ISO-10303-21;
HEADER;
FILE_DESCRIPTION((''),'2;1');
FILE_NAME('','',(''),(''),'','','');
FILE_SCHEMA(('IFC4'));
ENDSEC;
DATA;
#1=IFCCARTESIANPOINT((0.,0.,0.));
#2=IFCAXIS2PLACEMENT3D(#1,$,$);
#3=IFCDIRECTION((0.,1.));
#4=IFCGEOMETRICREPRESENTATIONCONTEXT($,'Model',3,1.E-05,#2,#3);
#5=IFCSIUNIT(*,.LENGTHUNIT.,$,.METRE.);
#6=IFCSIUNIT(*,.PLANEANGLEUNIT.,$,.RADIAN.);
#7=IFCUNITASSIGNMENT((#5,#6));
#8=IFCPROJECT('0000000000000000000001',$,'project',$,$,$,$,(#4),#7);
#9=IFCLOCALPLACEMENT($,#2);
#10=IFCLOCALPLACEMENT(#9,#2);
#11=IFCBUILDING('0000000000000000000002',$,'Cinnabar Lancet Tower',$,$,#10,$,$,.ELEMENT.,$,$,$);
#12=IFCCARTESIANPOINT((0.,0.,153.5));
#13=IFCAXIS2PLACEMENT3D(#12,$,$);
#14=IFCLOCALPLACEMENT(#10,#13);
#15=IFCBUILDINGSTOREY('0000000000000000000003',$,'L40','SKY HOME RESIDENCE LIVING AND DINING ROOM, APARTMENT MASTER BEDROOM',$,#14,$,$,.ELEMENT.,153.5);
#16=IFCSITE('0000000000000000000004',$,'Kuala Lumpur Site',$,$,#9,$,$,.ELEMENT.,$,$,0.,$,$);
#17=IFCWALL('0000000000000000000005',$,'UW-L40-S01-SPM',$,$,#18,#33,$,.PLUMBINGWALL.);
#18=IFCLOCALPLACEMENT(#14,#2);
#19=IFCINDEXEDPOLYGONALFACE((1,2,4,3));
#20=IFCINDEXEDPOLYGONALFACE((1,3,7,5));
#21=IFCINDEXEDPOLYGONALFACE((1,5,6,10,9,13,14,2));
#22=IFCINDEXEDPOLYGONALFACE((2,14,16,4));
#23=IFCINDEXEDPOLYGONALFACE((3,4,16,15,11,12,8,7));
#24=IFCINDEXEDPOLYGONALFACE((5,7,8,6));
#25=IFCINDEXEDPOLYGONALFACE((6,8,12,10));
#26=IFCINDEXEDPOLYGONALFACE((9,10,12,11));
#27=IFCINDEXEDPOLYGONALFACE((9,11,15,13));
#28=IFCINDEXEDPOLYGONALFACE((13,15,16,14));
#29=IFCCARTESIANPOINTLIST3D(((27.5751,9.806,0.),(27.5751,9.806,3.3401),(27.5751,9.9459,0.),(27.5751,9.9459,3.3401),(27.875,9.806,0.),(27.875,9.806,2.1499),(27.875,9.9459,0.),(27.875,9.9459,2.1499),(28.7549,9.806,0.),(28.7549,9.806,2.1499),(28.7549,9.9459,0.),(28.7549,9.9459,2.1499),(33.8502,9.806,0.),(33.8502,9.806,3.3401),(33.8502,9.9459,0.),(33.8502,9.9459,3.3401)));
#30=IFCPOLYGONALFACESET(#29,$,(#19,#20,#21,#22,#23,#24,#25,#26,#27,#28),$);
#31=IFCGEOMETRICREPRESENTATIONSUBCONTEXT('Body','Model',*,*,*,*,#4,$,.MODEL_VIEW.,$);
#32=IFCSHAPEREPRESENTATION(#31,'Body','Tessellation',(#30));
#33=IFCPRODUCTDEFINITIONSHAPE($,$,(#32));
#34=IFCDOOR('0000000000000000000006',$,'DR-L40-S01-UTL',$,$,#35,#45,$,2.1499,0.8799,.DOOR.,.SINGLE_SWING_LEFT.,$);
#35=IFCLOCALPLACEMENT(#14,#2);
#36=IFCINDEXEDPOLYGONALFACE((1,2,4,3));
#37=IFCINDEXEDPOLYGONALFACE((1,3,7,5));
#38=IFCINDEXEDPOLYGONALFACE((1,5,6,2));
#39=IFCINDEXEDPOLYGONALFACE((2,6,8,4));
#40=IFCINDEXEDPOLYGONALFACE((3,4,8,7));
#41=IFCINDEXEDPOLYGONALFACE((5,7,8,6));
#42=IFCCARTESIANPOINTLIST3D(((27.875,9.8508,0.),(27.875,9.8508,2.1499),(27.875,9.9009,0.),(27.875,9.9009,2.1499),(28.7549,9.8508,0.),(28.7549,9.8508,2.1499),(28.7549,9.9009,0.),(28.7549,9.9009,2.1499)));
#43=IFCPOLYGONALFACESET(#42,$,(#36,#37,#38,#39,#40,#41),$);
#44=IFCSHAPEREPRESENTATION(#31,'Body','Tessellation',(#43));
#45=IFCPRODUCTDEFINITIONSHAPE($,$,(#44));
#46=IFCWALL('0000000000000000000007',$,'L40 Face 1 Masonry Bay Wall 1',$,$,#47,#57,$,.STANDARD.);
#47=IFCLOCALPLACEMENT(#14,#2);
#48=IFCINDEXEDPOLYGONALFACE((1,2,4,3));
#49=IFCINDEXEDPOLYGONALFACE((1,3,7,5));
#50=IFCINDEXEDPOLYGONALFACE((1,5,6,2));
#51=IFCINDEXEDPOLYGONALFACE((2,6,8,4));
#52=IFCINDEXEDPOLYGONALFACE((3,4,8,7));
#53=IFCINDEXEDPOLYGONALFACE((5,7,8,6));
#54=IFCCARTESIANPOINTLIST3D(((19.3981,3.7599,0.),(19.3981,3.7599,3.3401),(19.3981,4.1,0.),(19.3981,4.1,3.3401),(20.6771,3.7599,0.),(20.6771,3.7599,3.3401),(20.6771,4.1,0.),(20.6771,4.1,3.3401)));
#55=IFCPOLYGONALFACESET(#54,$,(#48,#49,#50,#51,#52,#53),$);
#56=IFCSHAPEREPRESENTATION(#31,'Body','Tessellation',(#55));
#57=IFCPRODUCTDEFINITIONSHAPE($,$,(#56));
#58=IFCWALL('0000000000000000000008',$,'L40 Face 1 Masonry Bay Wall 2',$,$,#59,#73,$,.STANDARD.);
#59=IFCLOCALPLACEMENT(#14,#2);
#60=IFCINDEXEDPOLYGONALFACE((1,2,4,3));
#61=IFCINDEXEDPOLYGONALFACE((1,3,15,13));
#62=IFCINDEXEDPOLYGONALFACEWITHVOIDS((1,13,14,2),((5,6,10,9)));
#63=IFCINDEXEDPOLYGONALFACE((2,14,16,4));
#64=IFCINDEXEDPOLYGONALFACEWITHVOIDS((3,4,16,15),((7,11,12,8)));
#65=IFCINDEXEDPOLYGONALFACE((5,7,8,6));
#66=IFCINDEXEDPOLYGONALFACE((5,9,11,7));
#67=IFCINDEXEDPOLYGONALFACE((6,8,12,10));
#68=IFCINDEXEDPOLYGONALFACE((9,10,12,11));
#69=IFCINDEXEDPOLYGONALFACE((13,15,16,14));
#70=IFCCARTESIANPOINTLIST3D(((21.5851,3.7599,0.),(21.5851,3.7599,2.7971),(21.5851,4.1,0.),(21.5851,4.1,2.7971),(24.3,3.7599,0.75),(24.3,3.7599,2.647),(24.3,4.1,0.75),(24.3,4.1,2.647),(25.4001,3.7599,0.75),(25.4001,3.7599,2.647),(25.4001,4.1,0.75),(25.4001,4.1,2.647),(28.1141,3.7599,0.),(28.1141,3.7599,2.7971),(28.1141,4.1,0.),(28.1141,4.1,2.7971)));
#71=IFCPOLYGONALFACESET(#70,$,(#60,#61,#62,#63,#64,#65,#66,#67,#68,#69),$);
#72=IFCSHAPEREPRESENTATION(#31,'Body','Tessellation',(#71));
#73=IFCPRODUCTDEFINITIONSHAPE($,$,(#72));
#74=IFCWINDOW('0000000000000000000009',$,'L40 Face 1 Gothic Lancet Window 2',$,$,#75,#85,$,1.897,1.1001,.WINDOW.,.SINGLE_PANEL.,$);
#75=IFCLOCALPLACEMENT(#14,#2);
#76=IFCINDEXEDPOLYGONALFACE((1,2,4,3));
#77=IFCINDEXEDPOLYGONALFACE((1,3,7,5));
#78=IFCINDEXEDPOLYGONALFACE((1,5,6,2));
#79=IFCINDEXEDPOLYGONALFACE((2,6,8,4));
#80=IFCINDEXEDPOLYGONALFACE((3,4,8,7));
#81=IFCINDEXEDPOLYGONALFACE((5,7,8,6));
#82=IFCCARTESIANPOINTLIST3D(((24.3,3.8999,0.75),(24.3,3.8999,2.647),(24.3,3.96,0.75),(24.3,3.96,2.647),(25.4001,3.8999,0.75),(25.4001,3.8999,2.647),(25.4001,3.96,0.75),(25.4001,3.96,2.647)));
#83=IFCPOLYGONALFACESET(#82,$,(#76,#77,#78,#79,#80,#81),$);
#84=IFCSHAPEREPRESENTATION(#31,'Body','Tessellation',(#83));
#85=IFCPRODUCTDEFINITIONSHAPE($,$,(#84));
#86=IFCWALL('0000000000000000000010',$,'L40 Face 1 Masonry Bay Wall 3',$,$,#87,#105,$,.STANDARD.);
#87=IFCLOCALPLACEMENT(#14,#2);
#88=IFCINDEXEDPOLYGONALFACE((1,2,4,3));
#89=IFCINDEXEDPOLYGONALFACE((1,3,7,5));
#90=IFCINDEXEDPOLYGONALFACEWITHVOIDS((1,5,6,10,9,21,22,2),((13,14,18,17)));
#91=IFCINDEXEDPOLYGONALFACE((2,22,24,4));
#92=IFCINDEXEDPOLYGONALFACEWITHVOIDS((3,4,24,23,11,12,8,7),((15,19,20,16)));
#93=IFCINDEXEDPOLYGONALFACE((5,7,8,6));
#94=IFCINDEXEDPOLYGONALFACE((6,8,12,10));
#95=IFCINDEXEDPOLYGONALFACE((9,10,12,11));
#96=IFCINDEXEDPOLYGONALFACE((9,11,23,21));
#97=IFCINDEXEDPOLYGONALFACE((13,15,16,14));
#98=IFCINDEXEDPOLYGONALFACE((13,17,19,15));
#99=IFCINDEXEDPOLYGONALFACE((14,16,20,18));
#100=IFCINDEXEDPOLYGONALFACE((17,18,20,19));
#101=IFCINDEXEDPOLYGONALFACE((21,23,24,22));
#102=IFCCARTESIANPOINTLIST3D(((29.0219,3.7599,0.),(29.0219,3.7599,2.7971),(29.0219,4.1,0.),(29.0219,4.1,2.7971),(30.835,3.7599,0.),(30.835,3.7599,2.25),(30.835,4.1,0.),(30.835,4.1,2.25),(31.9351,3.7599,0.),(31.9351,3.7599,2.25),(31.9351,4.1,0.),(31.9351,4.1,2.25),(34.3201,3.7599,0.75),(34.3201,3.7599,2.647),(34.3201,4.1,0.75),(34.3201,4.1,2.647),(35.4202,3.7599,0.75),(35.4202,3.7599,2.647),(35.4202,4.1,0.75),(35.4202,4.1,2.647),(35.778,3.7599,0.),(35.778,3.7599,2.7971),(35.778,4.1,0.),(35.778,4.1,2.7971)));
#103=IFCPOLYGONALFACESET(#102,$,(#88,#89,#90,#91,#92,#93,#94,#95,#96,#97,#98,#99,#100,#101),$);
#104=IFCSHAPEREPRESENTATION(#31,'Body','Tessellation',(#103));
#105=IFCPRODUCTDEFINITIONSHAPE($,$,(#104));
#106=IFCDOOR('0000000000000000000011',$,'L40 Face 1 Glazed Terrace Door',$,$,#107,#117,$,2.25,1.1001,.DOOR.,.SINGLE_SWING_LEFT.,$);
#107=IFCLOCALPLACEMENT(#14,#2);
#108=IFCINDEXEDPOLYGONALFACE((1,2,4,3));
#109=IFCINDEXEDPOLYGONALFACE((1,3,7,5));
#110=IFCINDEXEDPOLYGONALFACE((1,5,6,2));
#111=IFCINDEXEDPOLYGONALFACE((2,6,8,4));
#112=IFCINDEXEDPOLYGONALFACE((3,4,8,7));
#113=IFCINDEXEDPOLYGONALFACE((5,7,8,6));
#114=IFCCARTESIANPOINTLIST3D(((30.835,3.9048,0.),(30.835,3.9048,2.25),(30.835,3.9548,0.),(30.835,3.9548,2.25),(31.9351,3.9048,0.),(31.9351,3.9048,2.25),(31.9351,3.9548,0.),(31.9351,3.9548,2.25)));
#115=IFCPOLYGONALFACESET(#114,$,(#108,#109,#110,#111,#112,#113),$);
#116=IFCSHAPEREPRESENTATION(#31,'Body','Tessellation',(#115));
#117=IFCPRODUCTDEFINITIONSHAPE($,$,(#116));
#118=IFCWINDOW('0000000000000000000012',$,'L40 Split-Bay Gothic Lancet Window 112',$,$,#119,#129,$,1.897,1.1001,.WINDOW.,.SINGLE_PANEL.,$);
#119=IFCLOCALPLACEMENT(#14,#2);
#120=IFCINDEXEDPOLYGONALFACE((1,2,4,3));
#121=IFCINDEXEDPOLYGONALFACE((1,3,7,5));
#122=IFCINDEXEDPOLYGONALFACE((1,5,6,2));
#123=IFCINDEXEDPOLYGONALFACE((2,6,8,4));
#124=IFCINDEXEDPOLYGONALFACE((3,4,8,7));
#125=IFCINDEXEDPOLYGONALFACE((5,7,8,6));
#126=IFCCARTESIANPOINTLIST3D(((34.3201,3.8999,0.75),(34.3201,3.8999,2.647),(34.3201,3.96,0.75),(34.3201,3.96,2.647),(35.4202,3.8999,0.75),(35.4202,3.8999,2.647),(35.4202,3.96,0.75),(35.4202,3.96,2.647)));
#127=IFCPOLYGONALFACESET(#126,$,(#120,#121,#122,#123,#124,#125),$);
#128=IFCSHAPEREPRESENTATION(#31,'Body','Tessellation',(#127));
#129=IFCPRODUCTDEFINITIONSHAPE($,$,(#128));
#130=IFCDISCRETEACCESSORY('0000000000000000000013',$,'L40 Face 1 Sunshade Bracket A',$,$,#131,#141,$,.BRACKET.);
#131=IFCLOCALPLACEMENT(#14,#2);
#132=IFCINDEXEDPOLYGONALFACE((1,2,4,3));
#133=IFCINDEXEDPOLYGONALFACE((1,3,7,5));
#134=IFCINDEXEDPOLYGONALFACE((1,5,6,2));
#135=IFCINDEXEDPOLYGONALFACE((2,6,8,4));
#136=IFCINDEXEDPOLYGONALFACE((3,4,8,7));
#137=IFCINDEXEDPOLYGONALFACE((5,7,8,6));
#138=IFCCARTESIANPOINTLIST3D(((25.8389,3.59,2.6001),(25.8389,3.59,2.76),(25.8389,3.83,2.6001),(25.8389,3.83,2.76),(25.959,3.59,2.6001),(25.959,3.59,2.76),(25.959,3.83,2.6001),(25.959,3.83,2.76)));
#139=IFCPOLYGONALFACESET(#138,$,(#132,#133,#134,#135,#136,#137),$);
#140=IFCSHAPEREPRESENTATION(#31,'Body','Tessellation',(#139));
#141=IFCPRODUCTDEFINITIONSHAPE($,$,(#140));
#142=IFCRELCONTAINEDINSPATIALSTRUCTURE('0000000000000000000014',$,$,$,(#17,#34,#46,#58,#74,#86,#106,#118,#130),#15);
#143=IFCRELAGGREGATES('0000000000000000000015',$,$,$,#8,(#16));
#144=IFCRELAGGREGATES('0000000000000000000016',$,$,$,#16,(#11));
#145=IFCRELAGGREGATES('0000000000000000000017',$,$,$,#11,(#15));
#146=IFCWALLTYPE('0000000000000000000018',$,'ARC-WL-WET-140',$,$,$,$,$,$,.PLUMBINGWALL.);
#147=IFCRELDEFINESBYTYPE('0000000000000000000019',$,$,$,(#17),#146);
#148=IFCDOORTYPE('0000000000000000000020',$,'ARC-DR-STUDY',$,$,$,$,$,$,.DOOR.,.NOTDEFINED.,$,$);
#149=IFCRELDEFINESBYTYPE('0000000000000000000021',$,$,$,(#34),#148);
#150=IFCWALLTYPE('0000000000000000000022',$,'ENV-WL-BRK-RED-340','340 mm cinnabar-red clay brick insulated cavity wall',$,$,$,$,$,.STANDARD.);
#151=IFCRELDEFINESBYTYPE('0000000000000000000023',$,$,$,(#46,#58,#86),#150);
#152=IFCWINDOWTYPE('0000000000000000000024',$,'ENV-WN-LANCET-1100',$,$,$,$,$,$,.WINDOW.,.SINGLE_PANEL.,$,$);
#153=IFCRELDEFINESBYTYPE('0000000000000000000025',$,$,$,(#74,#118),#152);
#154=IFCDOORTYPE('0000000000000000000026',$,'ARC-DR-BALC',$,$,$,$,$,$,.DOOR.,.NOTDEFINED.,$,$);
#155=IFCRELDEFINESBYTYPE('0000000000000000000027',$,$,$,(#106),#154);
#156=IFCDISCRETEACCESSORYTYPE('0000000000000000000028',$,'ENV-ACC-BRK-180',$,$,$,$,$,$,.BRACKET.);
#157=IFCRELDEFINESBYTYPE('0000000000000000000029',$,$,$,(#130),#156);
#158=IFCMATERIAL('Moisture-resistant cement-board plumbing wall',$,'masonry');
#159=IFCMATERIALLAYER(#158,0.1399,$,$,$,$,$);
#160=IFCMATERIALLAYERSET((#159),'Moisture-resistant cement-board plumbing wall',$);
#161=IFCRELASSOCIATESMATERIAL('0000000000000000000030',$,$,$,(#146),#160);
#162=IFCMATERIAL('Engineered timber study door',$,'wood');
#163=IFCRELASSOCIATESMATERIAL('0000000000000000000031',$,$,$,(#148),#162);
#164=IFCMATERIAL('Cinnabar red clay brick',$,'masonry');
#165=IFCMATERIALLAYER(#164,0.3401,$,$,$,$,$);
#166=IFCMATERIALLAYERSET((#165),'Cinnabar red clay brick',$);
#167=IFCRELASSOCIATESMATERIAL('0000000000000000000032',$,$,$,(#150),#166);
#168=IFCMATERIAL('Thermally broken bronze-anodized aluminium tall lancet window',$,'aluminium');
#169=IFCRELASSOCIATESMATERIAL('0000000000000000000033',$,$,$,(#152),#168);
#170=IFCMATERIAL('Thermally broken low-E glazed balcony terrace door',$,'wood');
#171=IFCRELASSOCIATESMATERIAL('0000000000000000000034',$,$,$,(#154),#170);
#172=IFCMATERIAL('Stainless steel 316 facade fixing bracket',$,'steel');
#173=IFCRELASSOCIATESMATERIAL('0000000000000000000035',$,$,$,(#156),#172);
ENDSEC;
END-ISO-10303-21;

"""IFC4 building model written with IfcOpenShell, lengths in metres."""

from ifc_helpers import new_model, si_unit, direction, frame, frame_2d, origin, origin_2d, place, context, subcontext, project, spatial, rectangle, extrude, material, layer, layer_set, type_object, element, fill, save


model = new_model("IFC4")

# Units and contexts
model_context = context("Model", 3, precision=1e-05, world=origin(), true_north=direction((0.0, 1.0)))
body_context = subcontext(model_context, "Body", "Model", "MODEL_VIEW")
ifc_project = project(units=[si_unit("LENGTHUNIT", "METRE"), si_unit("PLANEANGLEUNIT", "RADIAN")], contexts=[model_context])

# Site, building, storey
site_placement = place(None, origin())
site = spatial("IfcSite", under=ifc_project, at=site_placement, Name="Kuala Lumpur Site", CompositionType="ELEMENT", RefElevation=0.0)
building_placement = place(site_placement, origin())
building = spatial("IfcBuilding", under=site, at=building_placement, Name="Cinnabar Lancet Tower", CompositionType="ELEMENT")
storey_placement = place(building_placement, frame((0.0, 0.0, 153.5)))
storey = spatial("IfcBuildingStorey", under=building, at=storey_placement, Name="L40", Description="SKY HOME RESIDENCE LIVING AND DINING ROOM, APARTMENT MASTER BEDROOM", CompositionType="ELEMENT", Elevation=153.5)

# Shared definitions
ifc_material_1 = material(Name="Moisture-resistant cement-board plumbing wall", Category="masonry")
ifc_layer_1 = layer(ifc_material_1, 0.1399)
ifc_layer_set_1 = layer_set([ifc_layer_1], Name="Moisture-resistant cement-board plumbing wall")
wall_type_1 = type_object("IfcWallType", Name="ARC-WL-WET-140", PredefinedType="PLUMBINGWALL", material=ifc_layer_set_1)
ifc_material_2 = material(Name="Engineered timber study door", Category="wood")
door_type_1 = type_object("IfcDoorType", Name="ARC-DR-STUDY", OperationType="NOTDEFINED", PredefinedType="DOOR", material=ifc_material_2)

# Wall, opening, door
wall_1_placement = place(storey_placement, frame((27.575, 9.876, 0.0), z_axis=(0.0, 0.0, 1.0), x_axis=(1.0, 0.0, 0.0)))
wall_1 = element("IfcWall", 1, at=wall_1_placement, inside=storey, type_object=wall_type_1, Name="UW-L40-S01-SPM", PredefinedType="PLUMBINGWALL", context=body_context, shape_type="SweptSolid", body=[
    extrude(rectangle(XDim=6.2751, YDim=0.1399, at=frame_2d((3.1377, 0.0))), origin(), (0.0, 0.0, 1.0), 3.3401),
])
opening_1_placement = place(wall_1_placement, frame((0.3, 0.0, 0.0)))
opening_1 = element("IfcOpeningElement", 2, at=opening_1_placement, cuts=wall_1, PredefinedType="OPENING", context=body_context, shape_type="SweptSolid", body=[
    extrude(rectangle(XDim=0.8799, YDim=2.1499, at=frame_2d((0.4399, 1.075))), frame((0.0, 0.0798, 0.0), z_axis=(0.0, -1.0, 0.0), x_axis=(1.0, 0.0, 0.0)), (0.0, 0.0, 1.0), 0.1599),
])
door_1_placement = place(opening_1_placement, origin())
door_1 = element("IfcDoor", 3, at=door_1_placement, inside=storey, type_object=door_type_1, Name="DR-L40-S01-UTL", OperationType="SINGLE_SWING_LEFT", OverallHeight=2.1499, OverallWidth=0.8799, PredefinedType="DOOR", context=body_context, shape_type="SweptSolid", body=[
    extrude(rectangle(XDim=0.8799, YDim=2.1499, at=frame_2d((0.4399, 1.075))), frame((0.0, 0.0249, 0.0), z_axis=(0.0, -1.0, 0.0), x_axis=(1.0, 0.0, 0.0)), (0.0, 0.0, 1.0), 0.05),
])
fill(opening_1, door_1)

# Wall
ifc_material_3 = material(Name="Cinnabar red clay brick", Category="masonry")
ifc_layer_2 = layer(ifc_material_3, 0.3401)
ifc_layer_set_2 = layer_set([ifc_layer_2], Name="Cinnabar red clay brick")
wall_type_2 = type_object("IfcWallType", Name="ENV-WL-BRK-RED-340", Description="340 mm cinnabar-red clay brick insulated cavity wall", PredefinedType="STANDARD", material=ifc_layer_set_2)
wall_2_placement = place(storey_placement, frame((19.3979, 3.9299, 0.0), z_axis=(0.0, 0.0, 1.0), x_axis=(1.0, 0.0, 0.0)))
element("IfcWall", 4, at=wall_2_placement, inside=storey, type_object=wall_type_2, Name="L40 Face 1 Masonry Bay Wall 1", PredefinedType="STANDARD", context=body_context, shape_type="SweptSolid", body=[
    extrude(rectangle(XDim=1.2791, YDim=0.3401, at=frame_2d((0.6396, 0.0))), origin(), (0.0, 0.0, 1.0), 3.3401),
])

# Wall, opening, window
wall_3_placement = place(storey_placement, frame((21.585, 3.9299, 0.0), z_axis=(0.0, 0.0, 1.0), x_axis=(1.0, 0.0, 0.0)))
wall_3 = element("IfcWall", 5, at=wall_3_placement, inside=storey, type_object=wall_type_2, Name="L40 Face 1 Masonry Bay Wall 2", PredefinedType="STANDARD", context=body_context, shape_type="SweptSolid", body=[
    extrude(rectangle(XDim=6.5291, YDim=0.3401, at=frame_2d((3.2646, 0.0))), origin(), (0.0, 0.0, 1.0), 2.7971),
])
opening_2_placement = place(wall_3_placement, frame((2.7151, 0.0, 0.75)))
opening_2 = element("IfcOpeningElement", 6, at=opening_2_placement, cuts=wall_3, PredefinedType="OPENING", context=body_context, shape_type="SweptSolid", body=[
    extrude(rectangle(XDim=1.1001, YDim=1.897, at=frame_2d((0.55, 0.9485))), frame((0.0, 0.1799, 0.0), z_axis=(0.0, -1.0, 0.0), x_axis=(1.0, 0.0, 0.0)), (0.0, 0.0, 1.0), 0.3601),
])
ifc_material_4 = material(Name="Thermally broken bronze-anodized aluminium tall lancet window", Category="aluminium")
window_type = type_object("IfcWindowType", Name="ENV-WN-LANCET-1100", PartitioningType="SINGLE_PANEL", PredefinedType="WINDOW", material=ifc_material_4)
window_1_placement = place(opening_2_placement, origin())
window_1 = element("IfcWindow", 7, at=window_1_placement, inside=storey, type_object=window_type, Name="L40 Face 1 Gothic Lancet Window 2", OverallHeight=1.897, OverallWidth=1.1001, PartitioningType="SINGLE_PANEL", PredefinedType="WINDOW", context=body_context, shape_type="SweptSolid", body=[
    extrude(rectangle(XDim=1.1001, YDim=1.897, at=frame_2d((0.55, 0.9485))), frame((0.0, 0.03, 0.0), z_axis=(0.0, -1.0, 0.0), x_axis=(1.0, 0.0, 0.0)), (0.0, 0.0, 1.0), 0.0601),
])
fill(opening_2, window_1)

# Wall, openings, door, window
wall_4_placement = place(storey_placement, frame((29.022, 3.9299, 0.0), z_axis=(0.0, 0.0, 1.0), x_axis=(1.0, 0.0, 0.0)))
wall_4 = element("IfcWall", 8, at=wall_4_placement, inside=storey, type_object=wall_type_2, Name="L40 Face 1 Masonry Bay Wall 3", PredefinedType="STANDARD", context=body_context, shape_type="SweptSolid", body=[
    extrude(rectangle(XDim=6.7561, YDim=0.3401, at=frame_2d((3.3779, 0.0))), origin(), (0.0, 0.0, 1.0), 2.7971),
])
opening_3_placement = place(wall_4_placement, frame((1.813, 0.0, 0.0)))
opening_3 = element("IfcOpeningElement", 9, at=opening_3_placement, cuts=wall_4, PredefinedType="OPENING", context=body_context, shape_type="SweptSolid", body=[
    extrude(rectangle(XDim=1.1001, YDim=2.25, at=frame_2d((0.55, 1.125))), frame((0.0, 0.1799, 0.0), z_axis=(0.0, -1.0, 0.0), x_axis=(1.0, 0.0, 0.0)), (0.0, 0.0, 1.0), 0.3601),
])
opening_4_placement = place(wall_4_placement, frame((5.2981, 0.0, 0.75)))
opening_4 = element("IfcOpeningElement", 10, at=opening_4_placement, cuts=wall_4, PredefinedType="OPENING", context=body_context, shape_type="SweptSolid", body=[
    extrude(rectangle(XDim=1.1001, YDim=1.897, at=frame_2d((0.55, 0.9485))), frame((0.0, 0.1799, 0.0), z_axis=(0.0, -1.0, 0.0), x_axis=(1.0, 0.0, 0.0)), (0.0, 0.0, 1.0), 0.3601),
])
ifc_material_5 = material(Name="Thermally broken low-E glazed balcony terrace door", Category="wood")
door_type_2 = type_object("IfcDoorType", Name="ARC-DR-BALC", OperationType="NOTDEFINED", PredefinedType="DOOR", material=ifc_material_5)
door_2_placement = place(opening_3_placement, origin())
door_2 = element("IfcDoor", 11, at=door_2_placement, inside=storey, type_object=door_type_2, Name="L40 Face 1 Glazed Terrace Door", OperationType="SINGLE_SWING_LEFT", OverallHeight=2.25, OverallWidth=1.1001, PredefinedType="DOOR", context=body_context, shape_type="SweptSolid", body=[
    extrude(rectangle(XDim=1.1001, YDim=2.25, at=frame_2d((0.55, 1.125))), frame((0.0, 0.0249, 0.0), z_axis=(0.0, -1.0, 0.0), x_axis=(1.0, 0.0, 0.0)), (0.0, 0.0, 1.0), 0.05),
])
fill(opening_3, door_2)
window_2_placement = place(opening_4_placement, origin())
window_2 = element("IfcWindow", 12, at=window_2_placement, inside=storey, type_object=window_type, Name="L40 Split-Bay Gothic Lancet Window 112", OverallHeight=1.897, OverallWidth=1.1001, PartitioningType="SINGLE_PANEL", PredefinedType="WINDOW", context=body_context, shape_type="SweptSolid", body=[
    extrude(rectangle(XDim=1.1001, YDim=1.897, at=frame_2d((0.55, 0.9485))), frame((0.0, 0.03, 0.0), z_axis=(0.0, -1.0, 0.0), x_axis=(1.0, 0.0, 0.0)), (0.0, 0.0, 1.0), 0.0601),
])
fill(opening_4, window_2)

# Discrete accessory
ifc_material_6 = material(Name="Stainless steel 316 facade fixing bracket", Category="steel")
discrete_accessory_type = type_object("IfcDiscreteAccessoryType", Name="ENV-ACC-BRK-180", PredefinedType="BRACKET", material=ifc_material_6)
discrete_accessory_placement = place(storey_placement, frame((25.8989, 3.71, 2.6001), z_axis=(0.0, 0.0, 1.0), x_axis=(1.0, 0.0, 0.0)))
element("IfcDiscreteAccessory", 13, at=discrete_accessory_placement, inside=storey, type_object=discrete_accessory_type, Name="L40 Face 1 Sunshade Bracket A", PredefinedType="BRACKET", context=body_context, shape_type="SweptSolid", body=[
    extrude(rectangle(XDim=0.1201, YDim=0.24, at=origin_2d()), origin(), (0.0, 0.0, 1.0), 0.1599),
])

save(model, "model.ifc")
